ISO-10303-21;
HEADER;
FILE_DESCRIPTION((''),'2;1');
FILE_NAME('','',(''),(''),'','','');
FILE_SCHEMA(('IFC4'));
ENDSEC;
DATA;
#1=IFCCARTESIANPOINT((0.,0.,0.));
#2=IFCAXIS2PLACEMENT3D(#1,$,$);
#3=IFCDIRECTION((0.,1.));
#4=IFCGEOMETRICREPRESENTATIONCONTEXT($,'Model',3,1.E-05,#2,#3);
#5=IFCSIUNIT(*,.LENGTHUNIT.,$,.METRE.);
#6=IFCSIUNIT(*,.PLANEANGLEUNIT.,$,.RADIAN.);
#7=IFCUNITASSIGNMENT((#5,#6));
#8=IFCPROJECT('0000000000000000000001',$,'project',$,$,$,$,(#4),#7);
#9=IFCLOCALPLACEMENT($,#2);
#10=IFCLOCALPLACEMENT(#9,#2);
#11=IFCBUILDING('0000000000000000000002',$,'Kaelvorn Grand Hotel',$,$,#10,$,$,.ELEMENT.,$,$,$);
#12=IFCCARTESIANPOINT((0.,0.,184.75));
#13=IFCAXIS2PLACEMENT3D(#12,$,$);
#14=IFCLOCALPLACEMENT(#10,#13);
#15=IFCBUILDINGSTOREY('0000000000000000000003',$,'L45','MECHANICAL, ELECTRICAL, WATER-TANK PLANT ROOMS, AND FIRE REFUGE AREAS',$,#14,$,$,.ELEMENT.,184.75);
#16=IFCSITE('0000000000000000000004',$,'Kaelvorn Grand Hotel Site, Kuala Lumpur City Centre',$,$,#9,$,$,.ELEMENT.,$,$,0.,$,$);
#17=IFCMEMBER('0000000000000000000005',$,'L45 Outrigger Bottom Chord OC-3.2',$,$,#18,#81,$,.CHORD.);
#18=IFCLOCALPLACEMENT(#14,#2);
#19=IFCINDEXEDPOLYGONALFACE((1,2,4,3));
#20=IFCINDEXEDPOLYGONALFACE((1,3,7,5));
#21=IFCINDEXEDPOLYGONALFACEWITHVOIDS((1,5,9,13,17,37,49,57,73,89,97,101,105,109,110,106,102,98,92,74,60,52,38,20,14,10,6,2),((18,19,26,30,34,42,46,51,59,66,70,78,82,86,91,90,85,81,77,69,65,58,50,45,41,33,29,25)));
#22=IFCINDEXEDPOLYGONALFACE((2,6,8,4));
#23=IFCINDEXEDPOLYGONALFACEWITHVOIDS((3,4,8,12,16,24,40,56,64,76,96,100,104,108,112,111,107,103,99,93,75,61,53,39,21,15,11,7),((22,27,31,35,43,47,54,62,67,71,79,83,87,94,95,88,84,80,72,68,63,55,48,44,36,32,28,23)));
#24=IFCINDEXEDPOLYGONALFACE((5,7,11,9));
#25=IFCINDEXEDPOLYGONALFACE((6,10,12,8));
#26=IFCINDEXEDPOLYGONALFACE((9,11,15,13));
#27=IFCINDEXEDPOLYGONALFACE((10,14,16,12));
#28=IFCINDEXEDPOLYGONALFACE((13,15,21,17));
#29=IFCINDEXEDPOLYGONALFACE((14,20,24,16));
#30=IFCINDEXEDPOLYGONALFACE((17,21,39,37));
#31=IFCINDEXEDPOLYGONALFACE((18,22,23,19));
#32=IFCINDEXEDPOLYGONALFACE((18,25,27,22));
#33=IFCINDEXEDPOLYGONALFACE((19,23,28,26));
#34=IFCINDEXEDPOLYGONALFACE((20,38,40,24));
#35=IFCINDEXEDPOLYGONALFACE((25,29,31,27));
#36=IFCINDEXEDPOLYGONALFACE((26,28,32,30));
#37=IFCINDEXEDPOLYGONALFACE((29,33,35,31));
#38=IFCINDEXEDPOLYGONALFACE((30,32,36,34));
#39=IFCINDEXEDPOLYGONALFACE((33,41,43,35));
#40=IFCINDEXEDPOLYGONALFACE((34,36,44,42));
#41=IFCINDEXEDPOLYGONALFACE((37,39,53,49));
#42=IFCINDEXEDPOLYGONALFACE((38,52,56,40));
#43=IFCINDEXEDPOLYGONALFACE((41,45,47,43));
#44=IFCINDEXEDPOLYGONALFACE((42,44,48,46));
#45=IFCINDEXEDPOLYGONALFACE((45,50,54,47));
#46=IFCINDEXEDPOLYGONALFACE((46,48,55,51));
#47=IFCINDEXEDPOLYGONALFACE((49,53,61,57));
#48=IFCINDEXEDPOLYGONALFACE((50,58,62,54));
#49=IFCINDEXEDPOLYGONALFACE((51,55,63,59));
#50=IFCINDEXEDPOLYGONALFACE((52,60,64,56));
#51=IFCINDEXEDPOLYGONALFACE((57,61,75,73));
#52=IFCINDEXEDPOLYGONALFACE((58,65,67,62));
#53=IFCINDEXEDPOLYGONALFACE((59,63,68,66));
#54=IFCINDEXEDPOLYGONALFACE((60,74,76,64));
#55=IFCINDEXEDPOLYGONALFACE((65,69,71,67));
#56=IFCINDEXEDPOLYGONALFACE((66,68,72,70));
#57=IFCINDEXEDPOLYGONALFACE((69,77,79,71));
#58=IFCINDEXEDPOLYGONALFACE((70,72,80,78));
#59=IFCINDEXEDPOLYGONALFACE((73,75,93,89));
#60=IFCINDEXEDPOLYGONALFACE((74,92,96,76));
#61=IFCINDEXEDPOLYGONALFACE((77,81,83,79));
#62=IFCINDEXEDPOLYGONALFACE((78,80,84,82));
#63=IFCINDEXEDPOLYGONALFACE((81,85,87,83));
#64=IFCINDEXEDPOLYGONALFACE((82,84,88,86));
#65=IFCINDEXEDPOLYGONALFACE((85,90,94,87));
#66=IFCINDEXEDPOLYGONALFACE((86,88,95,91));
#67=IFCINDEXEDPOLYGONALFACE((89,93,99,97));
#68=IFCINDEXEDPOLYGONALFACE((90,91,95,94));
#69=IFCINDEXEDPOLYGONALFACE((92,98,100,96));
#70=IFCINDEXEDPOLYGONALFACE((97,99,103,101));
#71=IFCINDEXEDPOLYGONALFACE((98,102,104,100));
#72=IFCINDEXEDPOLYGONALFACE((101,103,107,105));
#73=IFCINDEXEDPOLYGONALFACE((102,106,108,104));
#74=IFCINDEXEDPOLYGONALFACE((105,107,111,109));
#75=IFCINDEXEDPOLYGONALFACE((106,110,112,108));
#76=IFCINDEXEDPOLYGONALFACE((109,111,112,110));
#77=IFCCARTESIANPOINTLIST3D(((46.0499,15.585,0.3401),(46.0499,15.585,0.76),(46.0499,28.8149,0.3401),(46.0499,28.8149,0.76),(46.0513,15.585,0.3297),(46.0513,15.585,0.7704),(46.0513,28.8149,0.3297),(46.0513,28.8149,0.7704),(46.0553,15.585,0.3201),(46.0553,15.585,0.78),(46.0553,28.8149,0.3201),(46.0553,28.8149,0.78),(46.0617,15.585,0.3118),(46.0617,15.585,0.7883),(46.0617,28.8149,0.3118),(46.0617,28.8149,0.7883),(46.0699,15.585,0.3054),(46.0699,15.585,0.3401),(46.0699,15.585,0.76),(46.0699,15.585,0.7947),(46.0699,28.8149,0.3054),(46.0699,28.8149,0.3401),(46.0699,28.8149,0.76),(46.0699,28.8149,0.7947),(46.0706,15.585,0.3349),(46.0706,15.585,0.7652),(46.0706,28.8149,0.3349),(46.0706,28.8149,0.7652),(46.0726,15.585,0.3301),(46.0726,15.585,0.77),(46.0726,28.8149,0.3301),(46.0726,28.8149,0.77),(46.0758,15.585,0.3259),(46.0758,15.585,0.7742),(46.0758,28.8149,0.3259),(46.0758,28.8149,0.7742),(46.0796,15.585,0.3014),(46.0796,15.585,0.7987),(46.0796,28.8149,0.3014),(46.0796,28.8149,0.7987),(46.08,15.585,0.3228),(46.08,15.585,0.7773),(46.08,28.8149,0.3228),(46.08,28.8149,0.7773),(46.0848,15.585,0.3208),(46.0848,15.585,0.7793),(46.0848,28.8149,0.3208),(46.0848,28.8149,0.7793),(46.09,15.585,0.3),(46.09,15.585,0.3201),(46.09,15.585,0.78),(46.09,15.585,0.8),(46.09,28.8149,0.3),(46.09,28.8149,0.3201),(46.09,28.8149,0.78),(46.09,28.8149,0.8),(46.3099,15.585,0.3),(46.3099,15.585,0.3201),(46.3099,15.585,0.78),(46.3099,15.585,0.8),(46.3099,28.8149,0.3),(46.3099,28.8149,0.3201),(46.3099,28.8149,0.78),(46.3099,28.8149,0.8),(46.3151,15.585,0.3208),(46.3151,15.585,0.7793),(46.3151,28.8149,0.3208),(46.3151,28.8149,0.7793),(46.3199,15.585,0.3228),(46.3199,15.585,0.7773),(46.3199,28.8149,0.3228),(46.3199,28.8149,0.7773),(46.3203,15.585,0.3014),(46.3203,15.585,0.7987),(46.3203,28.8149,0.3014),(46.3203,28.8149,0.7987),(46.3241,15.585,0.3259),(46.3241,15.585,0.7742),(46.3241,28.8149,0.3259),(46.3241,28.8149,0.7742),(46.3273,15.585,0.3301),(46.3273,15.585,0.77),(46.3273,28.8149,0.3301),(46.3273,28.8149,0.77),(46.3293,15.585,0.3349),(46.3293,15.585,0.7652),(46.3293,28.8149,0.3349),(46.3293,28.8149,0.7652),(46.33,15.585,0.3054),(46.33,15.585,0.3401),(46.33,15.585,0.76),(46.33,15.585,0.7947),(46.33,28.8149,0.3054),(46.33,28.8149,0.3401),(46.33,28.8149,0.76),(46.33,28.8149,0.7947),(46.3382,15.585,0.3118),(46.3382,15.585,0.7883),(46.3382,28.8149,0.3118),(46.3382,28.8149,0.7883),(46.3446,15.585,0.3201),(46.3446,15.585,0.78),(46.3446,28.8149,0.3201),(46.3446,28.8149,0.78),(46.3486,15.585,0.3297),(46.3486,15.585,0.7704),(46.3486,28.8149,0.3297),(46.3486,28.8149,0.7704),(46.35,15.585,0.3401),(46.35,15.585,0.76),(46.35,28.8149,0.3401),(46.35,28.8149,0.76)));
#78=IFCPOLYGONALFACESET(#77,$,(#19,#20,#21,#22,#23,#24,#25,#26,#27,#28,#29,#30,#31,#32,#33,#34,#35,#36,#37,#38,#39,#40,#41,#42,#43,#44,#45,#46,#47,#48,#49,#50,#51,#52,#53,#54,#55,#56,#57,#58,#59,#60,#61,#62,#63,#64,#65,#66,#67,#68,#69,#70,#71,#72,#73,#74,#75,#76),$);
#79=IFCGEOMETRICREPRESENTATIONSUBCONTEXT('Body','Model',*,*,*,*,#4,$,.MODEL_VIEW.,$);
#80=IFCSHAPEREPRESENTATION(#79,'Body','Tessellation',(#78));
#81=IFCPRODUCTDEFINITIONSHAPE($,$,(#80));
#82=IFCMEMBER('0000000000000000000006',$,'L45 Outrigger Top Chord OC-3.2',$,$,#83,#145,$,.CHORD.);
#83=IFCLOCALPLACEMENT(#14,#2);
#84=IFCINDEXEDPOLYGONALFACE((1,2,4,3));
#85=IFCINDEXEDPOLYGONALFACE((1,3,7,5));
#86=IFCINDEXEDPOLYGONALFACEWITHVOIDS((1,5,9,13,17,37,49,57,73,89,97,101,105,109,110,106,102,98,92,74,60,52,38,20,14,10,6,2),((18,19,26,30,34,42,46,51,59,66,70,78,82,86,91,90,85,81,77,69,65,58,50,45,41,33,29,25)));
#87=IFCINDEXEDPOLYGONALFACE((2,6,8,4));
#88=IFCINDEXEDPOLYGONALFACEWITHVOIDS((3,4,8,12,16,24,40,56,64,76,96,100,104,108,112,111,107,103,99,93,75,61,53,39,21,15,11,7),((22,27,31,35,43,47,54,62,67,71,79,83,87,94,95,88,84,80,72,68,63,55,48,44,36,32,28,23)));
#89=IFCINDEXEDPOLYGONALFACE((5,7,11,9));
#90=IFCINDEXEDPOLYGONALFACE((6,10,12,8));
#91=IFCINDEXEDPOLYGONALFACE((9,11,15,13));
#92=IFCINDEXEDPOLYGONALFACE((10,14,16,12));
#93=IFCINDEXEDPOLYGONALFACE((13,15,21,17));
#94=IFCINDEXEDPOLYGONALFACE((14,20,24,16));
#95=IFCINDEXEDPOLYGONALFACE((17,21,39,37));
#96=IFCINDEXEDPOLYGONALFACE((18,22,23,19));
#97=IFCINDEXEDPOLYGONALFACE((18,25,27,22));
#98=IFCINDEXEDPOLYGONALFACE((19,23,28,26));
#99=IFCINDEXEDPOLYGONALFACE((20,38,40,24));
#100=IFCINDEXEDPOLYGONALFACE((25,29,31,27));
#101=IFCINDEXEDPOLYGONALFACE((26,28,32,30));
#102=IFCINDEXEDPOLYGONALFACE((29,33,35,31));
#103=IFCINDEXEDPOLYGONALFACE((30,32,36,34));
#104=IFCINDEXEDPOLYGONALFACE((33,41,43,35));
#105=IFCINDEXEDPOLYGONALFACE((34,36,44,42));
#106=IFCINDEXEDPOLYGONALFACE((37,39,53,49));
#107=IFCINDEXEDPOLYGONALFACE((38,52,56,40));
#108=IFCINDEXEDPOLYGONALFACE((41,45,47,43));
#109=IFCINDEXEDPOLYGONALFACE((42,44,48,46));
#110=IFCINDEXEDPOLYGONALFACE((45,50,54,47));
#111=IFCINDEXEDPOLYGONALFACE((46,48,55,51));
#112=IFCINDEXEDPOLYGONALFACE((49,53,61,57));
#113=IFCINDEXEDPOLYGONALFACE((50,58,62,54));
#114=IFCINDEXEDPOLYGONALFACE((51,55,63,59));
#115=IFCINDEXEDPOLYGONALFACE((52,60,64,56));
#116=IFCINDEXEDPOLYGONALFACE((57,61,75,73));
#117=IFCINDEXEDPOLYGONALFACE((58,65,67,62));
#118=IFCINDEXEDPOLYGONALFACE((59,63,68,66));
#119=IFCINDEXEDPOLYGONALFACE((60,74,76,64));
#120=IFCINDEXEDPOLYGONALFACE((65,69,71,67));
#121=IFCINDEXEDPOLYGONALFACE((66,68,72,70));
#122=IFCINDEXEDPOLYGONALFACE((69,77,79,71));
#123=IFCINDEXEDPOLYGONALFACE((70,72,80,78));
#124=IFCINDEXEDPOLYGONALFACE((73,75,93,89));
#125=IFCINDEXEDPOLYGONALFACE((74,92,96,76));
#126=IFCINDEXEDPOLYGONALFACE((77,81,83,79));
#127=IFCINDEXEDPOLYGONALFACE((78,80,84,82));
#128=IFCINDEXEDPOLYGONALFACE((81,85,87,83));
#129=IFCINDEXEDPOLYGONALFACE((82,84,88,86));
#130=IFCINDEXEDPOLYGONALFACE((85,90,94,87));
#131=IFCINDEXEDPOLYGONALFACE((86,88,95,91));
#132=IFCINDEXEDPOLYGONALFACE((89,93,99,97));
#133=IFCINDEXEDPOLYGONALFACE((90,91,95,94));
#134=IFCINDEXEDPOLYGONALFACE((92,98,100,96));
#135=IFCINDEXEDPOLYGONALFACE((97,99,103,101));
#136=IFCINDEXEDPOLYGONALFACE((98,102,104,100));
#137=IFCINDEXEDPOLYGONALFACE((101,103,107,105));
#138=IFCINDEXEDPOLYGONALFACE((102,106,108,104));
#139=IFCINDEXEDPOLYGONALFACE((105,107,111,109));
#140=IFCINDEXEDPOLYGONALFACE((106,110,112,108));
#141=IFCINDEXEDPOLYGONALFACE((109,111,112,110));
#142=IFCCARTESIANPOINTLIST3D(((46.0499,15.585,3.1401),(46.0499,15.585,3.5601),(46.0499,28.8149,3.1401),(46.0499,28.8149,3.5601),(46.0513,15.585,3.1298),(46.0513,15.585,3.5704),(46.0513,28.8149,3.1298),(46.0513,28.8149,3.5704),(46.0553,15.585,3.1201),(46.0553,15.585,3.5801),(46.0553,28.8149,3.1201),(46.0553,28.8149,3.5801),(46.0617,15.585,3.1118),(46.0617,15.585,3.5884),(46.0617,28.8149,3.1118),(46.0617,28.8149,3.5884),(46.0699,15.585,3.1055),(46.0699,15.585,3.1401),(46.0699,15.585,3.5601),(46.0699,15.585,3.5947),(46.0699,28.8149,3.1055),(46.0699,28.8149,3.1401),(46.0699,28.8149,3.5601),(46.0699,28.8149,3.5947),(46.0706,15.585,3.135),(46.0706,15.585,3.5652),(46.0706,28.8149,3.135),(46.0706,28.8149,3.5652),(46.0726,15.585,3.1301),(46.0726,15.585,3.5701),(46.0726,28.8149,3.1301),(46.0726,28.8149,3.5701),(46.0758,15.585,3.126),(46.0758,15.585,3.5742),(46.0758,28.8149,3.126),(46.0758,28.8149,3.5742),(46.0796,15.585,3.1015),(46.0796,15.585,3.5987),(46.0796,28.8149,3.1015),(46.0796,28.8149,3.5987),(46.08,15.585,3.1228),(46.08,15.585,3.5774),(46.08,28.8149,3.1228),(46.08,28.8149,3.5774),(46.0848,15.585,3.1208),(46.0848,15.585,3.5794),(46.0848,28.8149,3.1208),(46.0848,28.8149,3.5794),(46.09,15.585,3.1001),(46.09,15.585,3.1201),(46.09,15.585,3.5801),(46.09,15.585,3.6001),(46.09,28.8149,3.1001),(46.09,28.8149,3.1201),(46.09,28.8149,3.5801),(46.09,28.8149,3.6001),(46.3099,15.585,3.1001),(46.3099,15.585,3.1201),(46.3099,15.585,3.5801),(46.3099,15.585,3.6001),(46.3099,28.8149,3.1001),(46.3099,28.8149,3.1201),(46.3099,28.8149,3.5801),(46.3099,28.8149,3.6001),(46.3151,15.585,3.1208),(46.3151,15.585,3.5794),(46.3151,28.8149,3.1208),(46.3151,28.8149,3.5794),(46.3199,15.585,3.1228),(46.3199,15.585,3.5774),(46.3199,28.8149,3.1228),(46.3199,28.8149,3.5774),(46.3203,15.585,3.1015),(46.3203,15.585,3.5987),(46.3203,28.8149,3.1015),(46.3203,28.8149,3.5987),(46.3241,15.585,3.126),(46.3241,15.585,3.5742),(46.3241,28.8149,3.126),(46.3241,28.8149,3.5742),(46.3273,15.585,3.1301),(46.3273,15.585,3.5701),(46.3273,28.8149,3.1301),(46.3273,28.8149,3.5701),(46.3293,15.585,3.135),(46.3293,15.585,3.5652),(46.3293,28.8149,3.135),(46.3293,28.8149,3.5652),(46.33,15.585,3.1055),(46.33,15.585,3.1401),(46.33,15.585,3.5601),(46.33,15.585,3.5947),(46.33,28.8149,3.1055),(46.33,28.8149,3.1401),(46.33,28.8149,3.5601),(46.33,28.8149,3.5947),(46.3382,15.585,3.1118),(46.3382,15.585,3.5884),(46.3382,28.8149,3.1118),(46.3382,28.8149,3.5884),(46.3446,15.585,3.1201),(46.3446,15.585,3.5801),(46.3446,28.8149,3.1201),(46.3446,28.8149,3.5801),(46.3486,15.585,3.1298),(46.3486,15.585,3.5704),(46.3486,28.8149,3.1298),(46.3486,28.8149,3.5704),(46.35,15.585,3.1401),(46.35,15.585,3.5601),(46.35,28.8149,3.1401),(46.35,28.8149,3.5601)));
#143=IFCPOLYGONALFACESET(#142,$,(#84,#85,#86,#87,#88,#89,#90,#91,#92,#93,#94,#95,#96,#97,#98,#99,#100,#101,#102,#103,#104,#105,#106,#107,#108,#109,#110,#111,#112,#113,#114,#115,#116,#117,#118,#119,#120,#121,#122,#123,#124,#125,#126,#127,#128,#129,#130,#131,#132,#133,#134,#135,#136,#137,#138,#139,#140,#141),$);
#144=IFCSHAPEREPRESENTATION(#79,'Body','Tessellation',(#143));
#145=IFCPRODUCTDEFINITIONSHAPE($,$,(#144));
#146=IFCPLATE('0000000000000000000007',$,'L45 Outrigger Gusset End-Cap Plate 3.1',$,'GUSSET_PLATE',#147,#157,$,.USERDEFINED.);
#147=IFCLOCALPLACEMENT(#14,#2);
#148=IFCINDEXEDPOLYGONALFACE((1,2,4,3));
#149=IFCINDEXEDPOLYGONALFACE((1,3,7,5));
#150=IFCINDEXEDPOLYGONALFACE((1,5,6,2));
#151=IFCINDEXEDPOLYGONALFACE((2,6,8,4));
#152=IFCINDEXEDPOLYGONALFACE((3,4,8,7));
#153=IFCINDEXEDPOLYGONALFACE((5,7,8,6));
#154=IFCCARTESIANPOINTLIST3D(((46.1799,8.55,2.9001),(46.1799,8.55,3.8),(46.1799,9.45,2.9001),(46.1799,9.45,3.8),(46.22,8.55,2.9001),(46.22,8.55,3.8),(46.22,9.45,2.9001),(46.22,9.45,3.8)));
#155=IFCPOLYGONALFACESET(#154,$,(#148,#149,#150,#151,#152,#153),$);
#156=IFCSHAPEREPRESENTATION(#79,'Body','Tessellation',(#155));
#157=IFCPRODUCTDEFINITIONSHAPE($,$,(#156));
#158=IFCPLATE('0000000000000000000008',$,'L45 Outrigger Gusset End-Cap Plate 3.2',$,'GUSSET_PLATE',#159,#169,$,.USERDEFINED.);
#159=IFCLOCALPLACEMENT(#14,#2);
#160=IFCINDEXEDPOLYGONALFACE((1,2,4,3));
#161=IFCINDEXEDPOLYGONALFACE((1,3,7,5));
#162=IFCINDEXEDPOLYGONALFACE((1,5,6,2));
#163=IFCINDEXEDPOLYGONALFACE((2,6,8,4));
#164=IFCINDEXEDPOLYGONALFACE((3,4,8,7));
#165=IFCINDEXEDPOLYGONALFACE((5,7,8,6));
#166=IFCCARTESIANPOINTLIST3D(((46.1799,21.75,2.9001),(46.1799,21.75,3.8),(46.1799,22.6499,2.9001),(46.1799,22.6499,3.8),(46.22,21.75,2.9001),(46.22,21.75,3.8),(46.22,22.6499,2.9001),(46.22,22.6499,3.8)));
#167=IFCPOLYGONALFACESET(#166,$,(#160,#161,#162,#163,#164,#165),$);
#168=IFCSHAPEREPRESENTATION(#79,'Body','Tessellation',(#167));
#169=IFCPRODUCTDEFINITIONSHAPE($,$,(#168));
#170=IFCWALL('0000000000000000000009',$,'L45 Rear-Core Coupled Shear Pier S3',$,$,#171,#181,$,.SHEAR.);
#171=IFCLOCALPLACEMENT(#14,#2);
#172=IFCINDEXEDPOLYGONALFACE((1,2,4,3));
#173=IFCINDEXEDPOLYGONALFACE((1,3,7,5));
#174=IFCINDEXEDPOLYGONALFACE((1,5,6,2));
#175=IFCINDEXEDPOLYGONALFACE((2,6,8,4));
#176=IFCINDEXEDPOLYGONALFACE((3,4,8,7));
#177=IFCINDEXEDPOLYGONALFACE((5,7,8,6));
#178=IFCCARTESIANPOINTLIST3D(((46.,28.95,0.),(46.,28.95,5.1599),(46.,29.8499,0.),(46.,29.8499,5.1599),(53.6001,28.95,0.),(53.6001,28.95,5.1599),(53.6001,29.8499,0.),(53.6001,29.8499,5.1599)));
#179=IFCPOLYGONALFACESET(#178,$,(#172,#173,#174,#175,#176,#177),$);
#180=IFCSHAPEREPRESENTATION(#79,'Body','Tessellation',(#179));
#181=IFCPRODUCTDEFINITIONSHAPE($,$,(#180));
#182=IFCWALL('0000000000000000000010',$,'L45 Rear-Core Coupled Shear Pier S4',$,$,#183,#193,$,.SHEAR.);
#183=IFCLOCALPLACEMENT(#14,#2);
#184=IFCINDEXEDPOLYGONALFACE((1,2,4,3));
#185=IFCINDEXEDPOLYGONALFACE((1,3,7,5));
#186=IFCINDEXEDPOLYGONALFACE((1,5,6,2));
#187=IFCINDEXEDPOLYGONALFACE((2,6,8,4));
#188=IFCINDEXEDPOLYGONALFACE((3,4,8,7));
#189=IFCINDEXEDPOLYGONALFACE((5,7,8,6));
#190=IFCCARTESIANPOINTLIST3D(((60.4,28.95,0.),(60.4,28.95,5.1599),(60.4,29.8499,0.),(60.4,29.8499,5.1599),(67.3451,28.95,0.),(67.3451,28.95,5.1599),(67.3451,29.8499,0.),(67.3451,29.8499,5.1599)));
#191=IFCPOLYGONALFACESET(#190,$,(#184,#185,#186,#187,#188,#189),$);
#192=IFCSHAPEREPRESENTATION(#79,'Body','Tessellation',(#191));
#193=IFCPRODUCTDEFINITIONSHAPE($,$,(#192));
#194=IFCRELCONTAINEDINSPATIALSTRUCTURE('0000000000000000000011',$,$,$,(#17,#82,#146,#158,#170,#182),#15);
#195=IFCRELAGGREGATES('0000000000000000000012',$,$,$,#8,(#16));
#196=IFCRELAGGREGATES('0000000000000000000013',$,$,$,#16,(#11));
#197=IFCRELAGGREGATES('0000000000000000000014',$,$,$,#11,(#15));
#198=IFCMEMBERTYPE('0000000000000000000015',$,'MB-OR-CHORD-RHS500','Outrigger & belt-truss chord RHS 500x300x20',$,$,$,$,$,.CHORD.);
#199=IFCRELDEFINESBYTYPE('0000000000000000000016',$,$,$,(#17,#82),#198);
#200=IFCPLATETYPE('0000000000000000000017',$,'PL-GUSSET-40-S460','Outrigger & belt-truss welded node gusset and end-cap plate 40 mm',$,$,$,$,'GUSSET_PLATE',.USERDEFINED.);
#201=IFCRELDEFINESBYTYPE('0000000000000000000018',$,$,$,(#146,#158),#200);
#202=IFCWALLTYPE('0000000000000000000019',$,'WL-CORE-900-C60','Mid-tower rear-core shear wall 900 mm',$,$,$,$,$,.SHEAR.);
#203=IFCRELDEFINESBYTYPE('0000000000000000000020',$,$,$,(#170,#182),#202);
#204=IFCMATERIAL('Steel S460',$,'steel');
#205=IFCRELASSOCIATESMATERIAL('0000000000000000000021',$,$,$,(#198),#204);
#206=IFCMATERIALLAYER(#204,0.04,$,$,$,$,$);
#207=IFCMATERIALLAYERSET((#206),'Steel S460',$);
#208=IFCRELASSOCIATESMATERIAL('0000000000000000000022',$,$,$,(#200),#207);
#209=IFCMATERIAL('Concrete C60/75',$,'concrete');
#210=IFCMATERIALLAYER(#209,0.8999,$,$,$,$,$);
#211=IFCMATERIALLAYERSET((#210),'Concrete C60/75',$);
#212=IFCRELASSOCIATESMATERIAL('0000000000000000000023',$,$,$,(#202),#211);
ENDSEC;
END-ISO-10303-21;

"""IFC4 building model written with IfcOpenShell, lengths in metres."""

from ifc_helpers import new_model, si_unit, direction, frame, frame_2d, origin, origin_2d, place, context, subcontext, project, spatial, rectangle, hollow_rectangle, extrude, material, layer, layer_set, material_profile, profile_set, type_object, element, save


model = new_model("IFC4")

# Units and contexts
model_context = context("Model", 3, precision=1e-05, world=origin(), true_north=direction((0.0, 1.0)))
body_context = subcontext(model_context, "Body", "Model", "MODEL_VIEW")
ifc_project = project(units=[si_unit("LENGTHUNIT", "METRE"), si_unit("PLANEANGLEUNIT", "RADIAN")], contexts=[model_context])

# Site, building, storey
site_placement = place(None, origin())
site = spatial("IfcSite", under=ifc_project, at=site_placement, Name="Kaelvorn Grand Hotel Site, Kuala Lumpur City Centre", CompositionType="ELEMENT", RefElevation=0.0)
building_placement = place(site_placement, origin())
building = spatial("IfcBuilding", under=site, at=building_placement, Name="Kaelvorn Grand Hotel", CompositionType="ELEMENT")
storey_placement = place(building_placement, frame((0.0, 0.0, 184.75)))
storey = spatial("IfcBuildingStorey", under=building, at=storey_placement, Name="L45", Description="MECHANICAL, ELECTRICAL, WATER-TANK PLANT ROOMS, AND FIRE REFUGE AREAS", CompositionType="ELEMENT", Elevation=184.75)

# Shared definitions
ifc_material_1 = material(Name="Concrete C60/75", Category="concrete")

# Shared definitions
ifc_material_2 = material(Name="Steel S460", Category="steel")

# Members
ifc_material_profile_1 = material_profile(ifc_material_2, hollow_rectangle(XDim=0.3, YDim=0.5, WallThickness=0.02, InnerFilletRadius=0.02, OuterFilletRadius=0.04, at=origin_2d()), Name="RHS 500x300x20.0")
ifc_profile_set_1 = profile_set([ifc_material_profile_1], Name="Steel S460")
member_type_1 = type_object("IfcMemberType", Name="MB-OR-CHORD-RHS500", Description="Outrigger & belt-truss chord RHS 500x300x20", PredefinedType="CHORD", material=ifc_profile_set_1)
for number, where, z_axis, x_axis, name in (
    (1, (46.2, 15.585, 0.55), (0.0, 1.0, 0.0), (-1.0, 0.0, 0.0), "L45 Outrigger Bottom Chord OC-3.2"),
    (2, (46.2, 15.585, 3.3501), (0.0, 1.0, 0.0), (-1.0, 0.0, 0.0), "L45 Outrigger Top Chord OC-3.2"),
):
    element("IfcMember", number, at=place(storey_placement, frame(where, z_axis=z_axis, x_axis=x_axis)), inside=storey, type_object=member_type_1, Name=name, PredefinedType="CHORD", context=body_context, shape_type="SweptSolid", body=[
        extrude(hollow_rectangle(XDim=0.3, YDim=0.5, WallThickness=0.02, InnerFilletRadius=0.02, OuterFilletRadius=0.04, at=origin_2d()), origin(), (0.0, 0.0, 1.0), 13.23),
    ])

# Plates
ifc_layer_1 = layer(ifc_material_2, 0.04)
ifc_layer_set_1 = layer_set([ifc_layer_1], Name="Steel S460")
plate_type = type_object("IfcPlateType", Name="PL-GUSSET-40-S460", Description="Outrigger & belt-truss welded node gusset and end-cap plate 40 mm", ElementType="GUSSET_PLATE", PredefinedType="USERDEFINED", material=ifc_layer_set_1)
for number, where, z_axis, x_axis, name in (
    (3, (46.2, 9.0, 2.9001), (0.0, 0.0, 1.0), (1.0, 0.0, 0.0), "L45 Outrigger Gusset End-Cap Plate 3.1"),
    (4, (46.2, 22.2, 2.9001), (0.0, 0.0, 1.0), (1.0, 0.0, 0.0), "L45 Outrigger Gusset End-Cap Plate 3.2"),
):
    element("IfcPlate", number, at=place(storey_placement, frame(where, z_axis=z_axis, x_axis=x_axis)), inside=storey, type_object=plate_type, Name=name, ObjectType="GUSSET_PLATE", PredefinedType="USERDEFINED", context=body_context, shape_type="SweptSolid", body=[
        extrude(rectangle(XDim=0.04, YDim=0.8999, at=origin_2d()), origin(), (0.0, 0.0, 1.0), 0.8999),
    ])

# Walls
ifc_layer_2 = layer(ifc_material_1, 0.8999)
ifc_layer_set_2 = layer_set([ifc_layer_2], Name="Concrete C60/75")
wall_type_1 = type_object("IfcWallType", Name="WL-CORE-900-C60", Description="Mid-tower rear-core shear wall 900 mm", PredefinedType="SHEAR", material=ifc_layer_set_2)
wall_1_placement = place(storey_placement, frame((46.0, 29.3999, 0.0), z_axis=(0.0, 0.0, 1.0), x_axis=(1.0, 0.0, 0.0)))
element("IfcWall", 5, at=wall_1_placement, inside=storey, type_object=wall_type_1, Name="L45 Rear-Core Coupled Shear Pier S3", PredefinedType="SHEAR", context=body_context, shape_type="SweptSolid", body=[
    extrude(rectangle(XDim=7.6001, YDim=0.8999, at=frame_2d((3.8, 0.0))), origin(), (0.0, 0.0, 1.0), 5.1599),
])
wall_2_placement = place(storey_placement, frame((60.3999, 29.3999, 0.0), z_axis=(0.0, 0.0, 1.0), x_axis=(1.0, 0.0, 0.0)))
element("IfcWall", 6, at=wall_2_placement, inside=storey, type_object=wall_type_1, Name="L45 Rear-Core Coupled Shear Pier S4", PredefinedType="SHEAR", context=body_context, shape_type="SweptSolid", body=[
    extrude(rectangle(XDim=6.9451, YDim=0.8999, at=frame_2d((3.4727, 0.0))), origin(), (0.0, 0.0, 1.0), 5.1599),
])

save(model, "model.ifc")
